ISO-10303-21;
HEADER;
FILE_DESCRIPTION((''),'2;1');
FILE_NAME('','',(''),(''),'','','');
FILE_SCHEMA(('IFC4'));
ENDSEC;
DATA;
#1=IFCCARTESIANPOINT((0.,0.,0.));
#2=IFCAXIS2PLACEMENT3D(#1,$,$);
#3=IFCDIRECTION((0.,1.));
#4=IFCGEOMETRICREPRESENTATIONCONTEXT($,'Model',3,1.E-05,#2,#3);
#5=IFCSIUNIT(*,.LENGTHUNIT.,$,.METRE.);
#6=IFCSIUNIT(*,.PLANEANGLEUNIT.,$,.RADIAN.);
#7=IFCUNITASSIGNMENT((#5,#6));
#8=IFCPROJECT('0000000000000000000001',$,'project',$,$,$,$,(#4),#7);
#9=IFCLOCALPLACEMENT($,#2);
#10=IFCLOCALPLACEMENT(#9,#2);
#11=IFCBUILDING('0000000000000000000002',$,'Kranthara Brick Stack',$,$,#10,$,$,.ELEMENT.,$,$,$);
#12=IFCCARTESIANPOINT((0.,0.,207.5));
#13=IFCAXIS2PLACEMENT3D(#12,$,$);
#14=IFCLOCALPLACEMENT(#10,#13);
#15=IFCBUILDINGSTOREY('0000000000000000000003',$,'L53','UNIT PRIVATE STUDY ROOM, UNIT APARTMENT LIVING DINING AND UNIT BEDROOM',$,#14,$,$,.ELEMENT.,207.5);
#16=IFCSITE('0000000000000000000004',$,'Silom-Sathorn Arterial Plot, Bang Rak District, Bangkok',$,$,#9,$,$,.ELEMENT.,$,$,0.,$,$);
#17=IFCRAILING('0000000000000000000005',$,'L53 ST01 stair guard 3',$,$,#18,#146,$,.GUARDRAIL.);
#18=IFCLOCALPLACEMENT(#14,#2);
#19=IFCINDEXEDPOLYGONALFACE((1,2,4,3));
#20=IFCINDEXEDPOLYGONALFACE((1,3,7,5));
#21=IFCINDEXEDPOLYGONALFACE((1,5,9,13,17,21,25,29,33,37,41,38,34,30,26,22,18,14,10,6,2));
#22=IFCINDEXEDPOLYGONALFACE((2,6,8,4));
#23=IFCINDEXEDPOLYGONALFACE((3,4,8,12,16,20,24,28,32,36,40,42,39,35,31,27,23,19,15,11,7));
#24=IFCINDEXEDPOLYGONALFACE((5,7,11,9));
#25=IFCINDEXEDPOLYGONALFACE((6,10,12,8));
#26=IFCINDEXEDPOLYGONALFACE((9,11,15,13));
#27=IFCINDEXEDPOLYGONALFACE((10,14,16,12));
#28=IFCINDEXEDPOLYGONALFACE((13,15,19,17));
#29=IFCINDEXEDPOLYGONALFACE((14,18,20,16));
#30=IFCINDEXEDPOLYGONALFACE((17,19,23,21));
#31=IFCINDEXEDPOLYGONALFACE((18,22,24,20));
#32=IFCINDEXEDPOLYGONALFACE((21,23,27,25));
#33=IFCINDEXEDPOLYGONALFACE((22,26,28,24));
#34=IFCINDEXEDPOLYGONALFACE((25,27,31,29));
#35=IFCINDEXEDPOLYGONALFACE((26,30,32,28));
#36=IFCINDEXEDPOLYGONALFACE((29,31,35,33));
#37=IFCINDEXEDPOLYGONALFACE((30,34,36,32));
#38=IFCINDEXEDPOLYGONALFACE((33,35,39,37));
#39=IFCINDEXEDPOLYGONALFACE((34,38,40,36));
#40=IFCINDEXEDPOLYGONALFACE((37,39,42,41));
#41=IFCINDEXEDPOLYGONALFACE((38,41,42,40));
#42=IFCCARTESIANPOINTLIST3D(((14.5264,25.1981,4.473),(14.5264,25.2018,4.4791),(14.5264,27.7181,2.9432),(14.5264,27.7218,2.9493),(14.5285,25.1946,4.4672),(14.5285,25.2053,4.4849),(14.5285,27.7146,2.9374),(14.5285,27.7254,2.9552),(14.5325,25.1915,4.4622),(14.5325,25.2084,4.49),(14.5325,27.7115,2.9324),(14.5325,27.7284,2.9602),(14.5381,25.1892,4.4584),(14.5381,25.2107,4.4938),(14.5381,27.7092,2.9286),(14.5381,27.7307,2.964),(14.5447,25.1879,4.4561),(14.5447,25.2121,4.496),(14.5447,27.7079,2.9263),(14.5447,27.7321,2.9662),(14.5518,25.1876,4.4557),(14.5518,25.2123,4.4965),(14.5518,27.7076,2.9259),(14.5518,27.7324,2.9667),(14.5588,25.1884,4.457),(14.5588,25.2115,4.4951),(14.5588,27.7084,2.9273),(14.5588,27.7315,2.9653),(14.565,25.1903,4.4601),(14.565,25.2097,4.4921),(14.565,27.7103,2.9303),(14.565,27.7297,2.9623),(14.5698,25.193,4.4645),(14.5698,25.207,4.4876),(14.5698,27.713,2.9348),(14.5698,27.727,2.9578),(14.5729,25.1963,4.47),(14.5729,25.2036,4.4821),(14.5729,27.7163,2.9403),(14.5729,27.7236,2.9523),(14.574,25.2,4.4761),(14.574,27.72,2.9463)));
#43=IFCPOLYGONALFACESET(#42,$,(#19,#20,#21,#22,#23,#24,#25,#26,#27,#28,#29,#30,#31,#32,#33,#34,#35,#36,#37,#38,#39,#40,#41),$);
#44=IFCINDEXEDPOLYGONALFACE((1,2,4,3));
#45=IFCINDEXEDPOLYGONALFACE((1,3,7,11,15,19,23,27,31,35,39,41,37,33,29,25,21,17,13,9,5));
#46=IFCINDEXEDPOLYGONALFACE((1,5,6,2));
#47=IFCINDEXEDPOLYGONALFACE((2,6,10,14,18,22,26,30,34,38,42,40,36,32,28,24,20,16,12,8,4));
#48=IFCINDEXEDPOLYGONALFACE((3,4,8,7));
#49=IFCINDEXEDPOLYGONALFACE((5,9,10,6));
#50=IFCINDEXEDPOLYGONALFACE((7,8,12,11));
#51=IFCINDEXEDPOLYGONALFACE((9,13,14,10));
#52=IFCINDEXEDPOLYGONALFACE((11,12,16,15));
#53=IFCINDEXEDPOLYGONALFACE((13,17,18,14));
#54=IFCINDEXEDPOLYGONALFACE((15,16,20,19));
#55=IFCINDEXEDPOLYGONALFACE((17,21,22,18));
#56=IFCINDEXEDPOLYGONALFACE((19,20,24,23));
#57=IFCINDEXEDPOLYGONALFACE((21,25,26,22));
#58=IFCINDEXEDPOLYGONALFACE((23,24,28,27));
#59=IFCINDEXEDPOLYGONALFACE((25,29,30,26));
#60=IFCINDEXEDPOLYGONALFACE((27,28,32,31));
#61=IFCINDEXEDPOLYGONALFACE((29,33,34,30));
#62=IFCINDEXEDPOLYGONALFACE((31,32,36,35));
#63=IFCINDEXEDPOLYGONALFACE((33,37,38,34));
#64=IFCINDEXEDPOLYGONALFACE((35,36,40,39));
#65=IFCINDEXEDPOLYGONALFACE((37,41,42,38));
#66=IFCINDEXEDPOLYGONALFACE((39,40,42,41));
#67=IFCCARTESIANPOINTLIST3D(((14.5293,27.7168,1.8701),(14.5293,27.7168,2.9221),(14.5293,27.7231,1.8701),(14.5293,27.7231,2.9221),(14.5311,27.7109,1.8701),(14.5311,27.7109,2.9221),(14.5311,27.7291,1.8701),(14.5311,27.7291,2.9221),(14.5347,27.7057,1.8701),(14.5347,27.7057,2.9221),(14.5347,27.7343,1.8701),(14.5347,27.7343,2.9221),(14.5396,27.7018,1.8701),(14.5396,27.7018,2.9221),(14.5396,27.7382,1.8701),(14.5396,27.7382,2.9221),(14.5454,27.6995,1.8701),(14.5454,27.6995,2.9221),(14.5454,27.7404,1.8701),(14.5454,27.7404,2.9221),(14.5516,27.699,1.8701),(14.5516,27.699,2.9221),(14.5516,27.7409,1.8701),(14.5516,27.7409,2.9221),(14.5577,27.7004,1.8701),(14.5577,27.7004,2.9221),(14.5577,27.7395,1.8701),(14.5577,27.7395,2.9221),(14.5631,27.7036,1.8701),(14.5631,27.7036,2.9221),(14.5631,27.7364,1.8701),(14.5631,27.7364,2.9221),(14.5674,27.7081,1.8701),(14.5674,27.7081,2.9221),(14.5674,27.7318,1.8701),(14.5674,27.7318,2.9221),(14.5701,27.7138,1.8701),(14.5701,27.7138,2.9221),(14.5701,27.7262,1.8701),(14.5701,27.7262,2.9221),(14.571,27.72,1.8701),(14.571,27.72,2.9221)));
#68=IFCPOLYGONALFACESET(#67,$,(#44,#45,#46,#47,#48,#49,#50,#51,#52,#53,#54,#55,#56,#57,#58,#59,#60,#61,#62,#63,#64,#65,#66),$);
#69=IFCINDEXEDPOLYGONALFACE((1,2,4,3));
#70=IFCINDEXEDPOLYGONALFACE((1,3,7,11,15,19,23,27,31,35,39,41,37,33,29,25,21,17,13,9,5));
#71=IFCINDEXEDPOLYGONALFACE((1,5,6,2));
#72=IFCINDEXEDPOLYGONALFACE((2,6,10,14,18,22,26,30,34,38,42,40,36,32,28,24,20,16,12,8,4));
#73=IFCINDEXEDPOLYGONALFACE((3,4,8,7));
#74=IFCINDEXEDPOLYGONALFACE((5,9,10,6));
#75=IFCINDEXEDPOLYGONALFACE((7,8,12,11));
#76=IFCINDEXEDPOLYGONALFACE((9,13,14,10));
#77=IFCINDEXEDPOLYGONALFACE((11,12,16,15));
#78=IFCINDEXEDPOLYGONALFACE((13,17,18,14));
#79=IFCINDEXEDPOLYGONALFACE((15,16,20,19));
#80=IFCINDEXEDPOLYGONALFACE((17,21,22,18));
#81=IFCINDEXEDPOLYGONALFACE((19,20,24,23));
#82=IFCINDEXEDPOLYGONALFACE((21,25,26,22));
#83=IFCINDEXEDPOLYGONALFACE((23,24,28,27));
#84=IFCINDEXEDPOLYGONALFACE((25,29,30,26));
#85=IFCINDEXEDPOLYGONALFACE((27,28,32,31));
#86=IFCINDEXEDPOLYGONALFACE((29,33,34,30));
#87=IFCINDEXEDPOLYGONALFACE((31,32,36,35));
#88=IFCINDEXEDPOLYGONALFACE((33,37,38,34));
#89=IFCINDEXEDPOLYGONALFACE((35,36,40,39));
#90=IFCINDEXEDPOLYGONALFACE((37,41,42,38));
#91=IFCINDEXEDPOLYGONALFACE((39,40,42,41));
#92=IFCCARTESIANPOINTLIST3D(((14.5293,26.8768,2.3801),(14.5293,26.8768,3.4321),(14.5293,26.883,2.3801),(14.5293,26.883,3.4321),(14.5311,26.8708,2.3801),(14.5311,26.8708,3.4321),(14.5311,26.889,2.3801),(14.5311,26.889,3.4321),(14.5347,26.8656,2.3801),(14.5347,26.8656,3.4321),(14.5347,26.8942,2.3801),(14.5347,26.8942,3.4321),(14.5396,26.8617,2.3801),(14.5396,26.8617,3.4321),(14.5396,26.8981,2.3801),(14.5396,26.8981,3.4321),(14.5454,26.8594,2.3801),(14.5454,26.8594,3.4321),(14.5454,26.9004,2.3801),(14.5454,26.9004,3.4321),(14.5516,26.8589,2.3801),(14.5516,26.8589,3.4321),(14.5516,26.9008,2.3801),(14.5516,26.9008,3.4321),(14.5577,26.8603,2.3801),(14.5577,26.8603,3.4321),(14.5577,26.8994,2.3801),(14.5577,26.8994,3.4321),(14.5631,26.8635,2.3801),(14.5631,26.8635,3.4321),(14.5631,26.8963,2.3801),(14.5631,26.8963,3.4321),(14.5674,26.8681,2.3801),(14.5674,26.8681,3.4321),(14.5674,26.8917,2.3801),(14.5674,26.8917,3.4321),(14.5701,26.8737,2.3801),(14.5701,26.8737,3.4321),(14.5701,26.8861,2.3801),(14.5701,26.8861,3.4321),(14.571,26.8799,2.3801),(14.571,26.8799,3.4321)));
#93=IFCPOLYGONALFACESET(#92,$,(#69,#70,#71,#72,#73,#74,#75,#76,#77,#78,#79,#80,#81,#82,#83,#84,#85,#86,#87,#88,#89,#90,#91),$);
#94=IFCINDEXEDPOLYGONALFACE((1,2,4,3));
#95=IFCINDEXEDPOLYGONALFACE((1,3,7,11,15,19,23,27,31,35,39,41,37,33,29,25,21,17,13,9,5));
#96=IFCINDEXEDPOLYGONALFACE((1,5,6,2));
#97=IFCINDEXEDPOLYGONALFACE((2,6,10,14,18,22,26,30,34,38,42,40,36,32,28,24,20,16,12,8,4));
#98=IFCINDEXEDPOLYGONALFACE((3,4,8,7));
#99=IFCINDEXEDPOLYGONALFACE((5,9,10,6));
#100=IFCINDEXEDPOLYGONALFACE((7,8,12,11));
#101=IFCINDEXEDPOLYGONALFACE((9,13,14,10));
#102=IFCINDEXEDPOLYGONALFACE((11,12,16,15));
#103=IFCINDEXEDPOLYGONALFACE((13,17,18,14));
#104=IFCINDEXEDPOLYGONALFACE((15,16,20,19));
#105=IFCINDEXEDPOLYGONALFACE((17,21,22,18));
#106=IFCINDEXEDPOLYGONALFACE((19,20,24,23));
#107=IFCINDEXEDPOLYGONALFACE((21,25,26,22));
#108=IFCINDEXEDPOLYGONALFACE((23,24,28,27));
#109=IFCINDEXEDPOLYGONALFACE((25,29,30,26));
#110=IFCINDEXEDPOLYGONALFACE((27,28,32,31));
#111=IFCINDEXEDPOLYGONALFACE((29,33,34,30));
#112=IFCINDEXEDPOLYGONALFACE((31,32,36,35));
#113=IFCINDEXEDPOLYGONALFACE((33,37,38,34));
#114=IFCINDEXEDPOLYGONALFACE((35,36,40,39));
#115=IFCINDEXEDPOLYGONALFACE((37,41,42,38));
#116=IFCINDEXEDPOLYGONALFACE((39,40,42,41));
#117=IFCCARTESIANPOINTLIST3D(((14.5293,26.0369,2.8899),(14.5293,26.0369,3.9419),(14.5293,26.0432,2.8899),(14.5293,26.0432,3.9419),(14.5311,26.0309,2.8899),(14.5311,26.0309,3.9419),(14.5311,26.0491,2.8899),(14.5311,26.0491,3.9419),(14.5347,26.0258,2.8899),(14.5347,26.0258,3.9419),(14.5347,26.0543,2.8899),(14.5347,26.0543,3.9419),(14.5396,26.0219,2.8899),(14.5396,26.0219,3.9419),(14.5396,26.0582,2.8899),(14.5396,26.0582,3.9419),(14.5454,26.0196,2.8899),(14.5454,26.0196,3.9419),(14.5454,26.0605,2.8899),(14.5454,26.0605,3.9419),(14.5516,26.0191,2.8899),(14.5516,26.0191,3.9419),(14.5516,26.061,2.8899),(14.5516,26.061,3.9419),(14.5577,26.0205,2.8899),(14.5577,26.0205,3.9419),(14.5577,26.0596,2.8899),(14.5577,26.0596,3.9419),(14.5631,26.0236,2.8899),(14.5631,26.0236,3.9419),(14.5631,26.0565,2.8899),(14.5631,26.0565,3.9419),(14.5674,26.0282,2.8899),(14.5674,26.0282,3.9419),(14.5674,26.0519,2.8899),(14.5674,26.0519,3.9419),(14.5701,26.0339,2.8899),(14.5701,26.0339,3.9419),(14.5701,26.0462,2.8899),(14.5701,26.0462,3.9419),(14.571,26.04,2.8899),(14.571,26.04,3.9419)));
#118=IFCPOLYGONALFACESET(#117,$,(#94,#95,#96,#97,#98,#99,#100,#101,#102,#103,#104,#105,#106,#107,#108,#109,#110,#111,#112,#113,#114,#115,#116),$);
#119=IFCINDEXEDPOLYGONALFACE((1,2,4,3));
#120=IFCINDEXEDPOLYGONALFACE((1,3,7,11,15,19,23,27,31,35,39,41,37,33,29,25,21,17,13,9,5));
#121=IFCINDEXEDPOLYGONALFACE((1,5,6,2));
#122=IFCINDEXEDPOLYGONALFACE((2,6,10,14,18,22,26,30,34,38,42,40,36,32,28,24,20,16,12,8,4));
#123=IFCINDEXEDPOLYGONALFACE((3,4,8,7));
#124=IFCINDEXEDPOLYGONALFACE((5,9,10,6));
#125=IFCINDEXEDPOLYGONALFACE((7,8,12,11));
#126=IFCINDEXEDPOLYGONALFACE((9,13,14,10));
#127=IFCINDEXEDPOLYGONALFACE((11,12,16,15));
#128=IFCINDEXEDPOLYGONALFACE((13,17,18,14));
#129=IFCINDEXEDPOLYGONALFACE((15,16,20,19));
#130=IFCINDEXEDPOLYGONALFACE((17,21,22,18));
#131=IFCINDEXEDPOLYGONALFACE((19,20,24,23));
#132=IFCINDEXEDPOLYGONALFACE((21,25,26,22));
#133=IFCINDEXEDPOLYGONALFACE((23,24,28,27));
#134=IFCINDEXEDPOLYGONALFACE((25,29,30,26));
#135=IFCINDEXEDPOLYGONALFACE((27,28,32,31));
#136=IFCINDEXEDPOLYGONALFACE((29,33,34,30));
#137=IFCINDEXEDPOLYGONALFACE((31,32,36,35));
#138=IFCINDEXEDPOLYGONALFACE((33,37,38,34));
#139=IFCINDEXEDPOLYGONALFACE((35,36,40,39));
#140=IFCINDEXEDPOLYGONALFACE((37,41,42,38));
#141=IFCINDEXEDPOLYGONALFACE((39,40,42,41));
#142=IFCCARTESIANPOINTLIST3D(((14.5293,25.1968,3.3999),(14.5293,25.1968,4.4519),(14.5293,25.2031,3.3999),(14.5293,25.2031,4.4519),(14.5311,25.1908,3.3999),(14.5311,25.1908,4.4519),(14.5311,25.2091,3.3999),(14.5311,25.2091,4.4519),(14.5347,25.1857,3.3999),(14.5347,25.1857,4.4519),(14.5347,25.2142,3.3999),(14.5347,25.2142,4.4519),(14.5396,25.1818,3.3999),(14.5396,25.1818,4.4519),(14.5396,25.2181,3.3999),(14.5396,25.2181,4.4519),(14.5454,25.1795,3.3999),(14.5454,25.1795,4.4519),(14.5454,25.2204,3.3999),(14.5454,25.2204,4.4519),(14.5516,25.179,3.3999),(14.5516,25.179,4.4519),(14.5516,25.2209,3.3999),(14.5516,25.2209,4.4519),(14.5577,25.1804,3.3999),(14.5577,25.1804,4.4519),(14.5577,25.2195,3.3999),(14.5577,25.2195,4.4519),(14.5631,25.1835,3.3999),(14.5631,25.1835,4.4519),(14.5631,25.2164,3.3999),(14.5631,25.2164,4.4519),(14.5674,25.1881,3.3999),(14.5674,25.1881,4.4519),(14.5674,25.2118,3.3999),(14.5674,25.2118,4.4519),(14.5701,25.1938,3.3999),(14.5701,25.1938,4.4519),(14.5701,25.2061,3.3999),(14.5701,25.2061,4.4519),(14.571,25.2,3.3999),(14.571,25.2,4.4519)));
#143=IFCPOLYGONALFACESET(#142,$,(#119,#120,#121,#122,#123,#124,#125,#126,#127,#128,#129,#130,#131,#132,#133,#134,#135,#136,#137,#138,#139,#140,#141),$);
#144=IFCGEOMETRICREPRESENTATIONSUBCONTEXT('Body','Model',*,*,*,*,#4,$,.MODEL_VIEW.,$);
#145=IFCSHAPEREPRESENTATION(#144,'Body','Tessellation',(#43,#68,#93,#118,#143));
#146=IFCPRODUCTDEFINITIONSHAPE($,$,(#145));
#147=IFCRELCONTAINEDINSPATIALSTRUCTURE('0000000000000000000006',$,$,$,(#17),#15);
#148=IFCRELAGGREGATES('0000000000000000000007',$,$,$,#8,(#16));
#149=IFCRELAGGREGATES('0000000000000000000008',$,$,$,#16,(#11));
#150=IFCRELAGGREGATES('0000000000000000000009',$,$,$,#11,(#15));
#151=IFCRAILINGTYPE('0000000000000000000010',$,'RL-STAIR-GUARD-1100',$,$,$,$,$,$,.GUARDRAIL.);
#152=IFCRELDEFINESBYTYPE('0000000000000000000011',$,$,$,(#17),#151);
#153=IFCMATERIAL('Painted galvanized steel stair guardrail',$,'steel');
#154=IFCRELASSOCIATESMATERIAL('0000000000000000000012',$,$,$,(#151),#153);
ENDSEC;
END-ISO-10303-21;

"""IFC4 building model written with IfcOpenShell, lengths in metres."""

from ifc_helpers import new_model, si_unit, direction, frame, origin, origin_2d, place, context, subcontext, project, spatial, circle, extrude, material, type_object, element, save


model = new_model("IFC4")

# Units and contexts
model_context = context("Model", 3, precision=1e-05, world=origin(), true_north=direction((0.0, 1.0)))
body_context = subcontext(model_context, "Body", "Model", "MODEL_VIEW")
ifc_project = project(units=[si_unit("LENGTHUNIT", "METRE"), si_unit("PLANEANGLEUNIT", "RADIAN")], contexts=[model_context])

# Site, building, storey
site_placement = place(None, origin())
site = spatial("IfcSite", under=ifc_project, at=site_placement, Name="Silom-Sathorn Arterial Plot, Bang Rak District, Bangkok", CompositionType="ELEMENT", RefElevation=0.0)
building_placement = place(site_placement, origin())
building = spatial("IfcBuilding", under=site, at=building_placement, Name="Kranthara Brick Stack", CompositionType="ELEMENT")
storey_placement = place(building_placement, frame((0.0, 0.0, 207.5)))
storey = spatial("IfcBuildingStorey", under=building, at=storey_placement, Name="L53", Description="UNIT PRIVATE STUDY ROOM, UNIT APARTMENT LIVING DINING AND UNIT BEDROOM", CompositionType="ELEMENT", Elevation=207.5)

# Railing
ifc_material_1 = material(Name="Painted galvanized steel stair guardrail", Category="steel")
railing_type_1 = type_object("IfcRailingType", Name="RL-STAIR-GUARD-1100", PredefinedType="GUARDRAIL", material=ifc_material_1)
railing_1_placement = place(storey_placement, frame((14.55, 27.72, 1.8701)))
element("IfcRailing", 1, at=railing_1_placement, inside=storey, type_object=railing_type_1, Name="L53 ST01 stair guard 3", PredefinedType="GUARDRAIL", context=body_context, shape_type="SweptSolid", body=[
    extrude(circle(Radius=0.0239, at=origin_2d()), frame((0.0, 0.0, 1.0762), z_axis=(0.0, -0.854822, 0.518922), x_axis=(1.0, 0.0, 0.0)), (0.0, 0.0, 1.0), 2.948),
    extrude(circle(Radius=0.021, at=origin_2d()), origin(), (0.0, 0.0, 1.0), 1.052),
    extrude(circle(Radius=0.021, at=origin_2d()), frame((0.0, -0.8401, 0.51)), (0.0, 0.0, 1.0), 1.052),
    extrude(circle(Radius=0.021, at=origin_2d()), frame((0.0, -1.6799, 1.0198)), (0.0, 0.0, 1.0), 1.052),
    extrude(circle(Radius=0.021, at=origin_2d()), frame((0.0, -2.52, 1.5298)), (0.0, 0.0, 1.0), 1.052),
])

save(model, "model.ifc")
